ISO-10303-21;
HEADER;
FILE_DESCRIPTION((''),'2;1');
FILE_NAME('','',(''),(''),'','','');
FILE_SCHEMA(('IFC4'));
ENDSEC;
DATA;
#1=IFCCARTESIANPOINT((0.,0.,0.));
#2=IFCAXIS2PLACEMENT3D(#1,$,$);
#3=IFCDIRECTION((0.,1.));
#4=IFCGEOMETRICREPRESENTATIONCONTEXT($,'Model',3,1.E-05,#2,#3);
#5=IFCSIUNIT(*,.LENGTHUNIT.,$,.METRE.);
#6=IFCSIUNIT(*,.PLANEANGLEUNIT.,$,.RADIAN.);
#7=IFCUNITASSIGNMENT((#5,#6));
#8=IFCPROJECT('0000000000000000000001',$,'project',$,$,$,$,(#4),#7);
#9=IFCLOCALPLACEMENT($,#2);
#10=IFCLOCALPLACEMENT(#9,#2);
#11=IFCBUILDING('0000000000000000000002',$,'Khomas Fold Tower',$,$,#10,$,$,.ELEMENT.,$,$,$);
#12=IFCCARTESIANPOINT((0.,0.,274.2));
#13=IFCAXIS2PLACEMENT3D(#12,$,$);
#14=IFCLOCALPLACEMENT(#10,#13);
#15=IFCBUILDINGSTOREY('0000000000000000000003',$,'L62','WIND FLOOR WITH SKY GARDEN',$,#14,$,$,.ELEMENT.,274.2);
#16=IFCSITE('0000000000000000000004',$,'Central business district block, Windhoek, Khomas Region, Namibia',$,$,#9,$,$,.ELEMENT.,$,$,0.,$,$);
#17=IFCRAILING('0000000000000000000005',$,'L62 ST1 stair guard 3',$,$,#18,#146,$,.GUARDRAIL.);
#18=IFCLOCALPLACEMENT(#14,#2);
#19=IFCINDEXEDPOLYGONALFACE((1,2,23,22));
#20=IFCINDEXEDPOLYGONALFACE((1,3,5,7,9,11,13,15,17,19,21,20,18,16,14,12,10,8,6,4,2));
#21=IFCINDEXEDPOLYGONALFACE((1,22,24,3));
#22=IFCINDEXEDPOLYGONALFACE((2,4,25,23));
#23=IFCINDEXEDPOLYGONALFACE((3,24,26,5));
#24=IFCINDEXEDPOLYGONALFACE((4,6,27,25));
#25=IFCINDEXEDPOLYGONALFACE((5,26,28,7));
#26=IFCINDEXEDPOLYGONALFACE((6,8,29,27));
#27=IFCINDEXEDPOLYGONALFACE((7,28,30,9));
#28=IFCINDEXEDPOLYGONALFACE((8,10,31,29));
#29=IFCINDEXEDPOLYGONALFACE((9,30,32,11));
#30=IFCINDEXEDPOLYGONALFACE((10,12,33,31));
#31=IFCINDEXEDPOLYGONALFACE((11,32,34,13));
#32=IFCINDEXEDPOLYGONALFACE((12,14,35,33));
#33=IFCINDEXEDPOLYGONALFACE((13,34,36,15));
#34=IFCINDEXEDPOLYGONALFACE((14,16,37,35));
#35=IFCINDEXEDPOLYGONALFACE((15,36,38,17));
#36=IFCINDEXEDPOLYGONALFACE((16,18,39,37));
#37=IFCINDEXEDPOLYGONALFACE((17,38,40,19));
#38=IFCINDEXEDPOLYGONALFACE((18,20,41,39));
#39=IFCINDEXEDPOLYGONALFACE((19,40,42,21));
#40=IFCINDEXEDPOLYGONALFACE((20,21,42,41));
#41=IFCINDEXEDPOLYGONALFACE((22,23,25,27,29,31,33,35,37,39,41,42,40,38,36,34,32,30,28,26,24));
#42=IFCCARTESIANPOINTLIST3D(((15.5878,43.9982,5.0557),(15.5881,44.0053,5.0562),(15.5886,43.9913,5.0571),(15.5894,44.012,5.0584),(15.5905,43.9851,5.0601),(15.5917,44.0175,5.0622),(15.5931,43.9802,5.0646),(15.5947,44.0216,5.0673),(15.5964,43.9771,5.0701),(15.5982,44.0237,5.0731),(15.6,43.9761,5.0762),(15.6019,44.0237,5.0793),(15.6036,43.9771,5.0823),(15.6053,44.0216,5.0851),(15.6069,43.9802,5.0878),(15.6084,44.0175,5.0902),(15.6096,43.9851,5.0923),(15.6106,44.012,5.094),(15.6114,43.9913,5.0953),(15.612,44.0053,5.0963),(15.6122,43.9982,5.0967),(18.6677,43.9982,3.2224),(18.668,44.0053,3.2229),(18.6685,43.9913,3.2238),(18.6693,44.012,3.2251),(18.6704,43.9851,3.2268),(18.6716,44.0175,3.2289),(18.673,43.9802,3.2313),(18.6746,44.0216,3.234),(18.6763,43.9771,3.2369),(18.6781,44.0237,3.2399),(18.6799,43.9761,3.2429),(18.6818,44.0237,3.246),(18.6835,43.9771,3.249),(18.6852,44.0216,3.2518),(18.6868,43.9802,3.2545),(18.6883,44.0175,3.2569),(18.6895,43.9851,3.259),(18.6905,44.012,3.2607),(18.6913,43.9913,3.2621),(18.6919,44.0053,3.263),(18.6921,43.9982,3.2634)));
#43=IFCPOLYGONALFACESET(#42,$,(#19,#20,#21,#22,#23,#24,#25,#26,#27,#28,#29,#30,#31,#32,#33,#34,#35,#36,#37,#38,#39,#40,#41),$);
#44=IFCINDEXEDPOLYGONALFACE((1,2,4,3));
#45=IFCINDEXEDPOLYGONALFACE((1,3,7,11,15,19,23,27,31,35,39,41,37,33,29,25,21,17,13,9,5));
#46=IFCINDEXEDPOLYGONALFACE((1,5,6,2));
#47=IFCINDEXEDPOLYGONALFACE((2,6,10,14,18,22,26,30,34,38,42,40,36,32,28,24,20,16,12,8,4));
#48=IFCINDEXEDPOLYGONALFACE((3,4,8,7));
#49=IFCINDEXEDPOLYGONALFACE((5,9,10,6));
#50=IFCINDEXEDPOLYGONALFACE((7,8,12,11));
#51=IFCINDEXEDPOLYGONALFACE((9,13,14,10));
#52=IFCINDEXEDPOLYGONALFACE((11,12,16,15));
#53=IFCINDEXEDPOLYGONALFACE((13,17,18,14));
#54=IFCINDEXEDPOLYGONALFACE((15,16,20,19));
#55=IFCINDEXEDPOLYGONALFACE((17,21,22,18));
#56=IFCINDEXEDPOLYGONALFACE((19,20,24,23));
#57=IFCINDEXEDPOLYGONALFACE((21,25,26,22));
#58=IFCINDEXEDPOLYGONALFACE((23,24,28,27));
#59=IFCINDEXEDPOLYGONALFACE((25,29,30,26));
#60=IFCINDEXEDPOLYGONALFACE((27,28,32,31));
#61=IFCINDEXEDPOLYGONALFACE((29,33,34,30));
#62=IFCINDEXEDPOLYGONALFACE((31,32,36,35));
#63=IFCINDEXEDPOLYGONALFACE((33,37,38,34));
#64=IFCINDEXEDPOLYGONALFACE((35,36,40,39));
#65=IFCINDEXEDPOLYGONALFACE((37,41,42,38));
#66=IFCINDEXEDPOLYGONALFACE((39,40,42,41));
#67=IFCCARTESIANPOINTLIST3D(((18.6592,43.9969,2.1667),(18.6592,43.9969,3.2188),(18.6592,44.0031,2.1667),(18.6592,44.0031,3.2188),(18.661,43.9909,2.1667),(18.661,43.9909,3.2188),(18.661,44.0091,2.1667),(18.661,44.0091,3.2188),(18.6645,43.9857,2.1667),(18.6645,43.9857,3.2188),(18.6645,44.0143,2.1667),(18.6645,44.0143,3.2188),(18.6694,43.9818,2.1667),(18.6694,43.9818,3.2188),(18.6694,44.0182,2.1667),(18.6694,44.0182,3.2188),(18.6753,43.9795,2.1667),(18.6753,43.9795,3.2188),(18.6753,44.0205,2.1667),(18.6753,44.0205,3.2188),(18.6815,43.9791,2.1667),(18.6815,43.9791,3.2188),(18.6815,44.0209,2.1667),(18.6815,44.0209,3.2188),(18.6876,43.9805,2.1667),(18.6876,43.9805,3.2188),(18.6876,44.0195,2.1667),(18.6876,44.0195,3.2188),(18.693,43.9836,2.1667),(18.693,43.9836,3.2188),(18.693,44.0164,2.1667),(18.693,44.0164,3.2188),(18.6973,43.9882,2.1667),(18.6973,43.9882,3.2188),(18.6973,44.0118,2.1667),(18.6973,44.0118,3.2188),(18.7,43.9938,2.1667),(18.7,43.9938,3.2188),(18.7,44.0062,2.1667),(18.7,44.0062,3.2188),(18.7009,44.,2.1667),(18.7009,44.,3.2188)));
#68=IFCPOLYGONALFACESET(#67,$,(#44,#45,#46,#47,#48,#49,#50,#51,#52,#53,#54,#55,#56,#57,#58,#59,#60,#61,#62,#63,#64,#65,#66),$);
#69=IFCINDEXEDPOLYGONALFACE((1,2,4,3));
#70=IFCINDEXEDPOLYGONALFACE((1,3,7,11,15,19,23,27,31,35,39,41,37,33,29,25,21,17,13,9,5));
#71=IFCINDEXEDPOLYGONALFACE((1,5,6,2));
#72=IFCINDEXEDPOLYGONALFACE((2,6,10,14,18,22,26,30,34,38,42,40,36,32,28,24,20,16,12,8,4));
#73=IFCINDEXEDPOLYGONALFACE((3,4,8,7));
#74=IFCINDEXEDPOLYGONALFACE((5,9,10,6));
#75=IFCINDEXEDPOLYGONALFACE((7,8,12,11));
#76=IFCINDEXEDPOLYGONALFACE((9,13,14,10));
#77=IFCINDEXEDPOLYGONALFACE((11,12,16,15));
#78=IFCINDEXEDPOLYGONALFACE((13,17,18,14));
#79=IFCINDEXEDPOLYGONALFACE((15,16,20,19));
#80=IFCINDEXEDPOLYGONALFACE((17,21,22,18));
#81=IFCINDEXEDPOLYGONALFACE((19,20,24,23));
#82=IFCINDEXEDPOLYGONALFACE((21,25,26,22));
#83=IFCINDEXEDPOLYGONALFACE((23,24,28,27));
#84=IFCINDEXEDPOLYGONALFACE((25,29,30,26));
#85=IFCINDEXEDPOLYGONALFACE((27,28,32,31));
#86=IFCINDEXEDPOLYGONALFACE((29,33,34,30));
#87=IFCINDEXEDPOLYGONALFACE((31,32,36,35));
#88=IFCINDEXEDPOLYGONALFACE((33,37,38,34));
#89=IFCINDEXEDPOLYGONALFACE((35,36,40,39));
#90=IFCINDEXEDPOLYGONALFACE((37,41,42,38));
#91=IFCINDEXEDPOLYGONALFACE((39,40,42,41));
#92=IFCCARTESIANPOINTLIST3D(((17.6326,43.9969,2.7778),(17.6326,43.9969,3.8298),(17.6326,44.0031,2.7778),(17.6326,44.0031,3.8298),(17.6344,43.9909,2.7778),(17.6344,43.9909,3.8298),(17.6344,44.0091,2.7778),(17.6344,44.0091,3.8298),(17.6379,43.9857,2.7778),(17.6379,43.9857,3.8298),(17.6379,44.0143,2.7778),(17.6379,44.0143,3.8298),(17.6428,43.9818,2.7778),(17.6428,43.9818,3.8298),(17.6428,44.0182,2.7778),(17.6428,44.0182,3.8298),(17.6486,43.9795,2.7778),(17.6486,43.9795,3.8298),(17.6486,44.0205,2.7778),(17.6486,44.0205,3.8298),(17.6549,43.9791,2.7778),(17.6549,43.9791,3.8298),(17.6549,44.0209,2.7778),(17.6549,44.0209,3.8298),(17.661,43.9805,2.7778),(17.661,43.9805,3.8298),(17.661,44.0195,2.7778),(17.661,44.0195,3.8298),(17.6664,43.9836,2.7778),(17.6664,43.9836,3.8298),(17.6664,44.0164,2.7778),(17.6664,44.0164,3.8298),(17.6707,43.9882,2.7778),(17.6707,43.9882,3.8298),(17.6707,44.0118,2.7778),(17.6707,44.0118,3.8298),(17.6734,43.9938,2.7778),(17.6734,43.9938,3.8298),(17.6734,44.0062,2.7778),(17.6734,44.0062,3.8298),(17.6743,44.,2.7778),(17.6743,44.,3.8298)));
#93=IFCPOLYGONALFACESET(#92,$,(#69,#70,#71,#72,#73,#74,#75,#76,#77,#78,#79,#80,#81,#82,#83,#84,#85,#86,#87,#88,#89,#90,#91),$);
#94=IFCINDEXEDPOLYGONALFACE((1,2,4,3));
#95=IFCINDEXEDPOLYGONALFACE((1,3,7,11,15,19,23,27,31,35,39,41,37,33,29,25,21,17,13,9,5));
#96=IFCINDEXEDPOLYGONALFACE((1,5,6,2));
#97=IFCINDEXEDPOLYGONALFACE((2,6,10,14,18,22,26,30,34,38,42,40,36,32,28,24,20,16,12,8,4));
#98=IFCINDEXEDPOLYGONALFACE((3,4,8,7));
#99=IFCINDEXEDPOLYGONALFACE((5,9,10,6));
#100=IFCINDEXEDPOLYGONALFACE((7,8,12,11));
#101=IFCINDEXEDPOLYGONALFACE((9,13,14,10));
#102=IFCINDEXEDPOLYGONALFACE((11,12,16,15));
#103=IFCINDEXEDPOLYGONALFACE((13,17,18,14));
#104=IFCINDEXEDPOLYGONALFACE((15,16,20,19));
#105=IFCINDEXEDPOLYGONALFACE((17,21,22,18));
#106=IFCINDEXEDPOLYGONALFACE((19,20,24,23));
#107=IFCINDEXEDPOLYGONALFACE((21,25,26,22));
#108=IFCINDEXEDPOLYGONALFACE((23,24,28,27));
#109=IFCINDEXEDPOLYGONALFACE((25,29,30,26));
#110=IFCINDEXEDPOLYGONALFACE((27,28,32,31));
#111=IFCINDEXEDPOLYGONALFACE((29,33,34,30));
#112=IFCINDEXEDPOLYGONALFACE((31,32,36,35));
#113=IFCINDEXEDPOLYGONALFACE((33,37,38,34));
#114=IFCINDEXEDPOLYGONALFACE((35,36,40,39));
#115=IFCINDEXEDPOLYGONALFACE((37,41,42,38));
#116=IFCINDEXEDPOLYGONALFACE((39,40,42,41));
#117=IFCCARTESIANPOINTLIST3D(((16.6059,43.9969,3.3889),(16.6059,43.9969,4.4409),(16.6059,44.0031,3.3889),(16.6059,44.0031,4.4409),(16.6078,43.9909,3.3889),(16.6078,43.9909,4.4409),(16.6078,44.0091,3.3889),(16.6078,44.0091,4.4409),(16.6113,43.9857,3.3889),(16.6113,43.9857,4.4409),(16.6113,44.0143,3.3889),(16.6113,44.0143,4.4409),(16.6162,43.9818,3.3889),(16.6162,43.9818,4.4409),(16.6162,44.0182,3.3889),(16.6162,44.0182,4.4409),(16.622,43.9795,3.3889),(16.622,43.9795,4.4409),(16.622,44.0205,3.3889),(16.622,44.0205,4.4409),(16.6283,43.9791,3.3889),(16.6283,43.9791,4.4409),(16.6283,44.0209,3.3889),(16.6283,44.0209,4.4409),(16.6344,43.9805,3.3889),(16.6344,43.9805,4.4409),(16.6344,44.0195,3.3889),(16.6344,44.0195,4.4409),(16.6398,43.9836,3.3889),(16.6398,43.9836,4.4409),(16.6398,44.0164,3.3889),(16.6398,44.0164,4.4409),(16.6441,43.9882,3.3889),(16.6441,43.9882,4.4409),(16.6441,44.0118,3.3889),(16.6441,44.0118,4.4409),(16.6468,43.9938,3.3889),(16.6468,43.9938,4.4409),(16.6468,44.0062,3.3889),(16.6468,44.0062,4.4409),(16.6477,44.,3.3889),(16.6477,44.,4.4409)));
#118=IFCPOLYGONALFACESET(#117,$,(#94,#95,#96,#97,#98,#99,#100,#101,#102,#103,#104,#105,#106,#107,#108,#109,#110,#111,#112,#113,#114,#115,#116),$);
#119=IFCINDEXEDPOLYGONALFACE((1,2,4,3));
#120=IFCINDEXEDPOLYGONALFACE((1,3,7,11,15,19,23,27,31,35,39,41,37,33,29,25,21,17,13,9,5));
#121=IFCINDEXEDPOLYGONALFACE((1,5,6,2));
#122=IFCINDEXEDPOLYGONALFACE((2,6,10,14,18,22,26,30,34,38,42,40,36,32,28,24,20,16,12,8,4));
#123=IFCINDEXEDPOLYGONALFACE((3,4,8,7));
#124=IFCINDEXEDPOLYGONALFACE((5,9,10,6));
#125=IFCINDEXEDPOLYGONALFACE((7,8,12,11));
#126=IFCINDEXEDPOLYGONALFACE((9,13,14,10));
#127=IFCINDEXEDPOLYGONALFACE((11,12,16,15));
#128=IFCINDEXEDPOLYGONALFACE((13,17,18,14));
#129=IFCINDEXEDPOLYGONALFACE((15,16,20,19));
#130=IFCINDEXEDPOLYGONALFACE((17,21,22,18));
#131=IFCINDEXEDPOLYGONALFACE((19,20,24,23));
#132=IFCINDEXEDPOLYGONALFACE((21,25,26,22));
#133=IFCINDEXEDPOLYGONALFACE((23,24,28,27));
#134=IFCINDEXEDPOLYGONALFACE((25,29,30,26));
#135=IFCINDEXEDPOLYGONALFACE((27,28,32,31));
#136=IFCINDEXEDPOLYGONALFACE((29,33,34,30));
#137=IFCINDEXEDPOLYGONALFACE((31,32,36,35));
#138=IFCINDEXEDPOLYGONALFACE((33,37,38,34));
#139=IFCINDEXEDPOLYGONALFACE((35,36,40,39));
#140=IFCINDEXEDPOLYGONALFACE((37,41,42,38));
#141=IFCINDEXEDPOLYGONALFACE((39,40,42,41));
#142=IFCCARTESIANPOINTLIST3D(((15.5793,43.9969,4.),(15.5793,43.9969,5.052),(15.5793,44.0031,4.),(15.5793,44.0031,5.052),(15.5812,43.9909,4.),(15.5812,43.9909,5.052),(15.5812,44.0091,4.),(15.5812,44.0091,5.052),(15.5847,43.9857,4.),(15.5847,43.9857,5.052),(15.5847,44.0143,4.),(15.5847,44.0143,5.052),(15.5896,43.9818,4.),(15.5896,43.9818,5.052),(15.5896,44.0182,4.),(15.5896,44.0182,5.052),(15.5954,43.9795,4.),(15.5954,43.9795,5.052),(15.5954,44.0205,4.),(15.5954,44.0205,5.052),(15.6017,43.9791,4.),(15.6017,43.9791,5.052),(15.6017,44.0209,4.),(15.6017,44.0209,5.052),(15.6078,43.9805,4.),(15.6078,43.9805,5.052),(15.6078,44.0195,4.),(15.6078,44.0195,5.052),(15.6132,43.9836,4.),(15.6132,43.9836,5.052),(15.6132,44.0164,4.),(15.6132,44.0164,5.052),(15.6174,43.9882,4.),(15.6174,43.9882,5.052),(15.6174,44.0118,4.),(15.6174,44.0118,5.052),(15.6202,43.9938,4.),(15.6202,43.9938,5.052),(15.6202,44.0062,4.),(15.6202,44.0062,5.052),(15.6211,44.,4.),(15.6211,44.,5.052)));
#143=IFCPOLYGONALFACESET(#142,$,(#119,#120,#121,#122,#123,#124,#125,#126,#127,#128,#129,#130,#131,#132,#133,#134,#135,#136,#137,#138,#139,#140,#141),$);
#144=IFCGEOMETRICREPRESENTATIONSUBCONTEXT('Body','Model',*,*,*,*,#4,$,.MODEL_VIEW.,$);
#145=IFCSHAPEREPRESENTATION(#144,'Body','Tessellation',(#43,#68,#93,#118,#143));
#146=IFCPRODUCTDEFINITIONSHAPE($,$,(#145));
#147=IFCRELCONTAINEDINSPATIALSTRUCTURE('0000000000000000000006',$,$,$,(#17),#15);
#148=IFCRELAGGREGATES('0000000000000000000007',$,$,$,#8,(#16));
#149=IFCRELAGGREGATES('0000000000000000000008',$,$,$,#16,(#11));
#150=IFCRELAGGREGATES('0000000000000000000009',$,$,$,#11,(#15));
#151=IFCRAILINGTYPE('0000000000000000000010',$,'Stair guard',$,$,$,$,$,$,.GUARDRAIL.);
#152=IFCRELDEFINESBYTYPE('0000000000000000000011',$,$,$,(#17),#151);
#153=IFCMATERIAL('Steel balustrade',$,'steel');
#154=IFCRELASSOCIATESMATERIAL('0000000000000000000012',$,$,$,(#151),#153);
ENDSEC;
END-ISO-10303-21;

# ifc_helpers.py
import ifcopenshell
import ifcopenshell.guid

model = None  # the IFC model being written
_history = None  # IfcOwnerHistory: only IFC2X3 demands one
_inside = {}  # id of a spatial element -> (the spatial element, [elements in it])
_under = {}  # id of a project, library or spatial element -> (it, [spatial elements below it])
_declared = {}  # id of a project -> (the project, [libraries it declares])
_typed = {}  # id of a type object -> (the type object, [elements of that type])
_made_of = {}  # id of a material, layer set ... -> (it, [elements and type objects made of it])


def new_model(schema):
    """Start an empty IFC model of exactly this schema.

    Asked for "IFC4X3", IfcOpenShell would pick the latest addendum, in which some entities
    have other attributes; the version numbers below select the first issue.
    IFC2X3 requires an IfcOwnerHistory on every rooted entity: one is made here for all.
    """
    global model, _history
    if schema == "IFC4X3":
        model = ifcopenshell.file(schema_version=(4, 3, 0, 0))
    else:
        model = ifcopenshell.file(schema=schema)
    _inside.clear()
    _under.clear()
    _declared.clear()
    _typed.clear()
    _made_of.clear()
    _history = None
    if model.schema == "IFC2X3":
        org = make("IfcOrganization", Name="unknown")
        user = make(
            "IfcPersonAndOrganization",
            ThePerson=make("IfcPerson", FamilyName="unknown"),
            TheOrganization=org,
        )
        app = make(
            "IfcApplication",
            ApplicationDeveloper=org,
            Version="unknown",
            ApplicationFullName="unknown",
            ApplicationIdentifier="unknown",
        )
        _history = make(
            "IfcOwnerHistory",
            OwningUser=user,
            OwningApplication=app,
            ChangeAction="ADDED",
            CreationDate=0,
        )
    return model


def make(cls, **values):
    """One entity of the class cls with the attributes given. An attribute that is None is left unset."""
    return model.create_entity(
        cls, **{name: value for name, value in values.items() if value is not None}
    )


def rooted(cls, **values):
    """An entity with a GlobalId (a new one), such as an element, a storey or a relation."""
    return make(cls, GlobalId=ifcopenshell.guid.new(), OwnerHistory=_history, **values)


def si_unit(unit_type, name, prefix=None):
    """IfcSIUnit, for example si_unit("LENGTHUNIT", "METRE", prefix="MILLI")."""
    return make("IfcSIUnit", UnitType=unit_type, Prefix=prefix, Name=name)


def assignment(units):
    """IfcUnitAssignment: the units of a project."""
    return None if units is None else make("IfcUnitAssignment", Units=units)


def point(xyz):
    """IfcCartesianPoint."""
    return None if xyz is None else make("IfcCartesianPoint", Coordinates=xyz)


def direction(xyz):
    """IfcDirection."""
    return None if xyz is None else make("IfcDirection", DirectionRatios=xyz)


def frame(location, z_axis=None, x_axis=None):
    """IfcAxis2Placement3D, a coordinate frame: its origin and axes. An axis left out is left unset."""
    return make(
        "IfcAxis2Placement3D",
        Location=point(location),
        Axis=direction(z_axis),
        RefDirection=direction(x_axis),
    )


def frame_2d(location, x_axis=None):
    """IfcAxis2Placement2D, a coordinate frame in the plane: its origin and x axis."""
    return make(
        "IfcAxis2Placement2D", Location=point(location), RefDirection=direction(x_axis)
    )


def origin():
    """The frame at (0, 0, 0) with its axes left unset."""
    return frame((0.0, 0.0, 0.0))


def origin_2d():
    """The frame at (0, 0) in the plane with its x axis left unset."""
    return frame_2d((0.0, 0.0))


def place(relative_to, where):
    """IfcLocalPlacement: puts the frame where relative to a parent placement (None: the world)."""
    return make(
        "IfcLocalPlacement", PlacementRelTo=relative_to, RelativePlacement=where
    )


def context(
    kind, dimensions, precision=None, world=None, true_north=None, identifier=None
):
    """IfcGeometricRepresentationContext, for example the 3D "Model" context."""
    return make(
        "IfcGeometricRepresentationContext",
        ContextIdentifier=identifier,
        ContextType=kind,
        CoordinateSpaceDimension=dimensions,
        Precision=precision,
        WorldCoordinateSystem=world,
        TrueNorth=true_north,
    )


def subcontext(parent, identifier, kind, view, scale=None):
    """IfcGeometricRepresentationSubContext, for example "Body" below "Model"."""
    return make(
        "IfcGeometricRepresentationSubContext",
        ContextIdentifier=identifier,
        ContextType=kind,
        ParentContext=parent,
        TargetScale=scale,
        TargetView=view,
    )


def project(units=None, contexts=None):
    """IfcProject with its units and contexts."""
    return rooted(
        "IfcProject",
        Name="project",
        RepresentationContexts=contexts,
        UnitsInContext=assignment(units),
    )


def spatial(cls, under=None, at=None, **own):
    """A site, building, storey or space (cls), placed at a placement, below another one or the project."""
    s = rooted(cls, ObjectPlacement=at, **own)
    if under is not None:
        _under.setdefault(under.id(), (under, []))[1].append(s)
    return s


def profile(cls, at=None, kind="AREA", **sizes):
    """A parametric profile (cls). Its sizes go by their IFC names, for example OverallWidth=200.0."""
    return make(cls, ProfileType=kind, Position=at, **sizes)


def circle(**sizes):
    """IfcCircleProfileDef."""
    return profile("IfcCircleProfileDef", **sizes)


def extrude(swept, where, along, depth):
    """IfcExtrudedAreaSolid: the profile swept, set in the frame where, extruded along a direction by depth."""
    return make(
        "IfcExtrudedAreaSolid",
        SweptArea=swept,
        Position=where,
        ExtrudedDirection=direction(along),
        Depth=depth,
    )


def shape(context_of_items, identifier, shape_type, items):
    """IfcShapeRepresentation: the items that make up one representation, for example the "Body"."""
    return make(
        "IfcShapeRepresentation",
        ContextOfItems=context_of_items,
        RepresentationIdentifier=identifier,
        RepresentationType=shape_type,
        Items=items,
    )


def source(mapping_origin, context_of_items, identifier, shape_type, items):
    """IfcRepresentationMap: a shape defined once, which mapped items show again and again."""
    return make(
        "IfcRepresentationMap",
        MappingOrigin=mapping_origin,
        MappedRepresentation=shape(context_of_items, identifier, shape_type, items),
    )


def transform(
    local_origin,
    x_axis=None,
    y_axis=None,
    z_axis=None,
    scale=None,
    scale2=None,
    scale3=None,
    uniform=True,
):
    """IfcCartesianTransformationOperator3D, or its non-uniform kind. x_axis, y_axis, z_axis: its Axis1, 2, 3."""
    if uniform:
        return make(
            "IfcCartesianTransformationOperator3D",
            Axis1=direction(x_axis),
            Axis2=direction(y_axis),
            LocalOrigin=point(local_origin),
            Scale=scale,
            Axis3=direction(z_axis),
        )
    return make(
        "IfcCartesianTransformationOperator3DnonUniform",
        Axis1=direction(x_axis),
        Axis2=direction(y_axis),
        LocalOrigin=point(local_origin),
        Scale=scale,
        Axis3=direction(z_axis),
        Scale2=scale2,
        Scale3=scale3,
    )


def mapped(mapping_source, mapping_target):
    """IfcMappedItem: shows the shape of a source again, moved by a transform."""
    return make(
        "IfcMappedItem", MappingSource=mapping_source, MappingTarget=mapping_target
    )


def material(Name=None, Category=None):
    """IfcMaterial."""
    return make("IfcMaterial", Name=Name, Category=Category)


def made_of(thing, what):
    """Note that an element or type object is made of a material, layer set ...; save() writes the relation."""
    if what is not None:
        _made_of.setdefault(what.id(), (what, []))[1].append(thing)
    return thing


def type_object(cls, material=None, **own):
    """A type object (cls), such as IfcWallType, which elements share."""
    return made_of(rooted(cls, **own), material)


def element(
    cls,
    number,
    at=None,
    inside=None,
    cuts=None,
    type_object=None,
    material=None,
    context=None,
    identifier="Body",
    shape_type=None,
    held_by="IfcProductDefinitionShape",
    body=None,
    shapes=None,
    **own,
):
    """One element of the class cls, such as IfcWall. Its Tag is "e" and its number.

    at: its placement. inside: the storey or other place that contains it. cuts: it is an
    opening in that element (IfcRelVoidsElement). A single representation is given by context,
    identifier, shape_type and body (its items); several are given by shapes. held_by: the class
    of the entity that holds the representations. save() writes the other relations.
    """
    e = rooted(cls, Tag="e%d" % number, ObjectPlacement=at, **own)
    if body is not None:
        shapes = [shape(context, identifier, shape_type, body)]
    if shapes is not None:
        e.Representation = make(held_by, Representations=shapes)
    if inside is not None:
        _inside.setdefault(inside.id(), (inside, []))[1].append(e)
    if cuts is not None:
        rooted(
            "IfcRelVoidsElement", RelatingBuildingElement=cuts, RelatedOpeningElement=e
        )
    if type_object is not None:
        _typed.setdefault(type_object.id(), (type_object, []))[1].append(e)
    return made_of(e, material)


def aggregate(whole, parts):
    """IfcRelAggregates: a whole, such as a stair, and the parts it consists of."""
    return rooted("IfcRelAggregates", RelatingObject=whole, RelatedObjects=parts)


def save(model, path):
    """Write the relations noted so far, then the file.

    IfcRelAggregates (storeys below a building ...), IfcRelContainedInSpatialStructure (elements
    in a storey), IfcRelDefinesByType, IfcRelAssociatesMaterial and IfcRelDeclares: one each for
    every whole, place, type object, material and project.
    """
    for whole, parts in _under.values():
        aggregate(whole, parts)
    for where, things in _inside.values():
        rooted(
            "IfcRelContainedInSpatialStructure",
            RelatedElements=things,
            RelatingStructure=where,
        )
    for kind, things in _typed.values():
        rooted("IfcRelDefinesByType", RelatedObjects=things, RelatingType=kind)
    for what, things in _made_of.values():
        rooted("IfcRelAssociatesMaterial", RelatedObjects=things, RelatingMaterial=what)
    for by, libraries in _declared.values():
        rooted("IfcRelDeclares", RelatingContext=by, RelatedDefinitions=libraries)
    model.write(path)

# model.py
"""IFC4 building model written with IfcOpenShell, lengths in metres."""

from ifc_helpers import new_model, si_unit, direction, frame, origin, origin_2d, place, context, subcontext, project, spatial, circle, extrude, source, transform, mapped, material, type_object, element, save


model = new_model("IFC4")

# Units and contexts
model_context = context("Model", 3, precision=1e-05, world=origin(), true_north=direction((0.0, 1.0)))
body_context = subcontext(model_context, "Body", "Model", "MODEL_VIEW")
ifc_project = project(units=[si_unit("LENGTHUNIT", "METRE"), si_unit("PLANEANGLEUNIT", "RADIAN")], contexts=[model_context])

# Site, building, storey
site_placement = place(None, origin())
site = spatial("IfcSite", under=ifc_project, at=site_placement, Name="Central business district block, Windhoek, Khomas Region, Namibia", CompositionType="ELEMENT", RefElevation=0.0)
building_placement = place(site_placement, origin())
building = spatial("IfcBuilding", under=site, at=building_placement, Name="Khomas Fold Tower", CompositionType="ELEMENT")
storey_placement = place(building_placement, frame((0.0, 0.0, 274.2)))
storey = spatial("IfcBuildingStorey", under=building, at=storey_placement, Name="L62", Description="WIND FLOOR WITH SKY GARDEN", CompositionType="ELEMENT", Elevation=274.2)

# Railing
ifc_material_1 = material(Name="Steel balustrade", Category="steel")
railing_type_1 = type_object("IfcRailingType", Name="Stair guard", PredefinedType="GUARDRAIL", material=ifc_material_1)
shared_shape_1 = source(origin(), body_context, "Body", "SweptSolid", [
    extrude(circle(Radius=0.0239, at=origin_2d()), frame((0.0, 0.0, 1.0762), z_axis=(-0.859291, 0.0, 0.511487), x_axis=(0.0, -1.0, 0.0)), (0.0, 0.0, 1.0), 3.5842),
    extrude(circle(Radius=0.021, at=origin_2d()), origin(), (0.0, 0.0, 1.0), 1.052),
    extrude(circle(Radius=0.021, at=origin_2d()), frame((-1.0266, 0.0, 0.6111)), (0.0, 0.0, 1.0), 1.052),
    extrude(circle(Radius=0.021, at=origin_2d()), frame((-2.0532, 0.0, 1.2222)), (0.0, 0.0, 1.0), 1.052),
    extrude(circle(Radius=0.021, at=origin_2d()), frame((-3.0798, 0.0, 1.8333)), (0.0, 0.0, 1.0), 1.052),
])
for number, where, name in (
    (1, (18.6799, 44.0, 2.1667), "L62 ST1 stair guard 3"),
):
    element("IfcRailing", number, at=place(storey_placement, frame(where)), inside=storey, type_object=railing_type_1, Name=name, PredefinedType="GUARDRAIL", context=body_context, shape_type="MappedRepresentation", body=[
        mapped(shared_shape_1, transform((0.0, 0.0, 0.0))),
    ])

save(model, "model.ifc")
